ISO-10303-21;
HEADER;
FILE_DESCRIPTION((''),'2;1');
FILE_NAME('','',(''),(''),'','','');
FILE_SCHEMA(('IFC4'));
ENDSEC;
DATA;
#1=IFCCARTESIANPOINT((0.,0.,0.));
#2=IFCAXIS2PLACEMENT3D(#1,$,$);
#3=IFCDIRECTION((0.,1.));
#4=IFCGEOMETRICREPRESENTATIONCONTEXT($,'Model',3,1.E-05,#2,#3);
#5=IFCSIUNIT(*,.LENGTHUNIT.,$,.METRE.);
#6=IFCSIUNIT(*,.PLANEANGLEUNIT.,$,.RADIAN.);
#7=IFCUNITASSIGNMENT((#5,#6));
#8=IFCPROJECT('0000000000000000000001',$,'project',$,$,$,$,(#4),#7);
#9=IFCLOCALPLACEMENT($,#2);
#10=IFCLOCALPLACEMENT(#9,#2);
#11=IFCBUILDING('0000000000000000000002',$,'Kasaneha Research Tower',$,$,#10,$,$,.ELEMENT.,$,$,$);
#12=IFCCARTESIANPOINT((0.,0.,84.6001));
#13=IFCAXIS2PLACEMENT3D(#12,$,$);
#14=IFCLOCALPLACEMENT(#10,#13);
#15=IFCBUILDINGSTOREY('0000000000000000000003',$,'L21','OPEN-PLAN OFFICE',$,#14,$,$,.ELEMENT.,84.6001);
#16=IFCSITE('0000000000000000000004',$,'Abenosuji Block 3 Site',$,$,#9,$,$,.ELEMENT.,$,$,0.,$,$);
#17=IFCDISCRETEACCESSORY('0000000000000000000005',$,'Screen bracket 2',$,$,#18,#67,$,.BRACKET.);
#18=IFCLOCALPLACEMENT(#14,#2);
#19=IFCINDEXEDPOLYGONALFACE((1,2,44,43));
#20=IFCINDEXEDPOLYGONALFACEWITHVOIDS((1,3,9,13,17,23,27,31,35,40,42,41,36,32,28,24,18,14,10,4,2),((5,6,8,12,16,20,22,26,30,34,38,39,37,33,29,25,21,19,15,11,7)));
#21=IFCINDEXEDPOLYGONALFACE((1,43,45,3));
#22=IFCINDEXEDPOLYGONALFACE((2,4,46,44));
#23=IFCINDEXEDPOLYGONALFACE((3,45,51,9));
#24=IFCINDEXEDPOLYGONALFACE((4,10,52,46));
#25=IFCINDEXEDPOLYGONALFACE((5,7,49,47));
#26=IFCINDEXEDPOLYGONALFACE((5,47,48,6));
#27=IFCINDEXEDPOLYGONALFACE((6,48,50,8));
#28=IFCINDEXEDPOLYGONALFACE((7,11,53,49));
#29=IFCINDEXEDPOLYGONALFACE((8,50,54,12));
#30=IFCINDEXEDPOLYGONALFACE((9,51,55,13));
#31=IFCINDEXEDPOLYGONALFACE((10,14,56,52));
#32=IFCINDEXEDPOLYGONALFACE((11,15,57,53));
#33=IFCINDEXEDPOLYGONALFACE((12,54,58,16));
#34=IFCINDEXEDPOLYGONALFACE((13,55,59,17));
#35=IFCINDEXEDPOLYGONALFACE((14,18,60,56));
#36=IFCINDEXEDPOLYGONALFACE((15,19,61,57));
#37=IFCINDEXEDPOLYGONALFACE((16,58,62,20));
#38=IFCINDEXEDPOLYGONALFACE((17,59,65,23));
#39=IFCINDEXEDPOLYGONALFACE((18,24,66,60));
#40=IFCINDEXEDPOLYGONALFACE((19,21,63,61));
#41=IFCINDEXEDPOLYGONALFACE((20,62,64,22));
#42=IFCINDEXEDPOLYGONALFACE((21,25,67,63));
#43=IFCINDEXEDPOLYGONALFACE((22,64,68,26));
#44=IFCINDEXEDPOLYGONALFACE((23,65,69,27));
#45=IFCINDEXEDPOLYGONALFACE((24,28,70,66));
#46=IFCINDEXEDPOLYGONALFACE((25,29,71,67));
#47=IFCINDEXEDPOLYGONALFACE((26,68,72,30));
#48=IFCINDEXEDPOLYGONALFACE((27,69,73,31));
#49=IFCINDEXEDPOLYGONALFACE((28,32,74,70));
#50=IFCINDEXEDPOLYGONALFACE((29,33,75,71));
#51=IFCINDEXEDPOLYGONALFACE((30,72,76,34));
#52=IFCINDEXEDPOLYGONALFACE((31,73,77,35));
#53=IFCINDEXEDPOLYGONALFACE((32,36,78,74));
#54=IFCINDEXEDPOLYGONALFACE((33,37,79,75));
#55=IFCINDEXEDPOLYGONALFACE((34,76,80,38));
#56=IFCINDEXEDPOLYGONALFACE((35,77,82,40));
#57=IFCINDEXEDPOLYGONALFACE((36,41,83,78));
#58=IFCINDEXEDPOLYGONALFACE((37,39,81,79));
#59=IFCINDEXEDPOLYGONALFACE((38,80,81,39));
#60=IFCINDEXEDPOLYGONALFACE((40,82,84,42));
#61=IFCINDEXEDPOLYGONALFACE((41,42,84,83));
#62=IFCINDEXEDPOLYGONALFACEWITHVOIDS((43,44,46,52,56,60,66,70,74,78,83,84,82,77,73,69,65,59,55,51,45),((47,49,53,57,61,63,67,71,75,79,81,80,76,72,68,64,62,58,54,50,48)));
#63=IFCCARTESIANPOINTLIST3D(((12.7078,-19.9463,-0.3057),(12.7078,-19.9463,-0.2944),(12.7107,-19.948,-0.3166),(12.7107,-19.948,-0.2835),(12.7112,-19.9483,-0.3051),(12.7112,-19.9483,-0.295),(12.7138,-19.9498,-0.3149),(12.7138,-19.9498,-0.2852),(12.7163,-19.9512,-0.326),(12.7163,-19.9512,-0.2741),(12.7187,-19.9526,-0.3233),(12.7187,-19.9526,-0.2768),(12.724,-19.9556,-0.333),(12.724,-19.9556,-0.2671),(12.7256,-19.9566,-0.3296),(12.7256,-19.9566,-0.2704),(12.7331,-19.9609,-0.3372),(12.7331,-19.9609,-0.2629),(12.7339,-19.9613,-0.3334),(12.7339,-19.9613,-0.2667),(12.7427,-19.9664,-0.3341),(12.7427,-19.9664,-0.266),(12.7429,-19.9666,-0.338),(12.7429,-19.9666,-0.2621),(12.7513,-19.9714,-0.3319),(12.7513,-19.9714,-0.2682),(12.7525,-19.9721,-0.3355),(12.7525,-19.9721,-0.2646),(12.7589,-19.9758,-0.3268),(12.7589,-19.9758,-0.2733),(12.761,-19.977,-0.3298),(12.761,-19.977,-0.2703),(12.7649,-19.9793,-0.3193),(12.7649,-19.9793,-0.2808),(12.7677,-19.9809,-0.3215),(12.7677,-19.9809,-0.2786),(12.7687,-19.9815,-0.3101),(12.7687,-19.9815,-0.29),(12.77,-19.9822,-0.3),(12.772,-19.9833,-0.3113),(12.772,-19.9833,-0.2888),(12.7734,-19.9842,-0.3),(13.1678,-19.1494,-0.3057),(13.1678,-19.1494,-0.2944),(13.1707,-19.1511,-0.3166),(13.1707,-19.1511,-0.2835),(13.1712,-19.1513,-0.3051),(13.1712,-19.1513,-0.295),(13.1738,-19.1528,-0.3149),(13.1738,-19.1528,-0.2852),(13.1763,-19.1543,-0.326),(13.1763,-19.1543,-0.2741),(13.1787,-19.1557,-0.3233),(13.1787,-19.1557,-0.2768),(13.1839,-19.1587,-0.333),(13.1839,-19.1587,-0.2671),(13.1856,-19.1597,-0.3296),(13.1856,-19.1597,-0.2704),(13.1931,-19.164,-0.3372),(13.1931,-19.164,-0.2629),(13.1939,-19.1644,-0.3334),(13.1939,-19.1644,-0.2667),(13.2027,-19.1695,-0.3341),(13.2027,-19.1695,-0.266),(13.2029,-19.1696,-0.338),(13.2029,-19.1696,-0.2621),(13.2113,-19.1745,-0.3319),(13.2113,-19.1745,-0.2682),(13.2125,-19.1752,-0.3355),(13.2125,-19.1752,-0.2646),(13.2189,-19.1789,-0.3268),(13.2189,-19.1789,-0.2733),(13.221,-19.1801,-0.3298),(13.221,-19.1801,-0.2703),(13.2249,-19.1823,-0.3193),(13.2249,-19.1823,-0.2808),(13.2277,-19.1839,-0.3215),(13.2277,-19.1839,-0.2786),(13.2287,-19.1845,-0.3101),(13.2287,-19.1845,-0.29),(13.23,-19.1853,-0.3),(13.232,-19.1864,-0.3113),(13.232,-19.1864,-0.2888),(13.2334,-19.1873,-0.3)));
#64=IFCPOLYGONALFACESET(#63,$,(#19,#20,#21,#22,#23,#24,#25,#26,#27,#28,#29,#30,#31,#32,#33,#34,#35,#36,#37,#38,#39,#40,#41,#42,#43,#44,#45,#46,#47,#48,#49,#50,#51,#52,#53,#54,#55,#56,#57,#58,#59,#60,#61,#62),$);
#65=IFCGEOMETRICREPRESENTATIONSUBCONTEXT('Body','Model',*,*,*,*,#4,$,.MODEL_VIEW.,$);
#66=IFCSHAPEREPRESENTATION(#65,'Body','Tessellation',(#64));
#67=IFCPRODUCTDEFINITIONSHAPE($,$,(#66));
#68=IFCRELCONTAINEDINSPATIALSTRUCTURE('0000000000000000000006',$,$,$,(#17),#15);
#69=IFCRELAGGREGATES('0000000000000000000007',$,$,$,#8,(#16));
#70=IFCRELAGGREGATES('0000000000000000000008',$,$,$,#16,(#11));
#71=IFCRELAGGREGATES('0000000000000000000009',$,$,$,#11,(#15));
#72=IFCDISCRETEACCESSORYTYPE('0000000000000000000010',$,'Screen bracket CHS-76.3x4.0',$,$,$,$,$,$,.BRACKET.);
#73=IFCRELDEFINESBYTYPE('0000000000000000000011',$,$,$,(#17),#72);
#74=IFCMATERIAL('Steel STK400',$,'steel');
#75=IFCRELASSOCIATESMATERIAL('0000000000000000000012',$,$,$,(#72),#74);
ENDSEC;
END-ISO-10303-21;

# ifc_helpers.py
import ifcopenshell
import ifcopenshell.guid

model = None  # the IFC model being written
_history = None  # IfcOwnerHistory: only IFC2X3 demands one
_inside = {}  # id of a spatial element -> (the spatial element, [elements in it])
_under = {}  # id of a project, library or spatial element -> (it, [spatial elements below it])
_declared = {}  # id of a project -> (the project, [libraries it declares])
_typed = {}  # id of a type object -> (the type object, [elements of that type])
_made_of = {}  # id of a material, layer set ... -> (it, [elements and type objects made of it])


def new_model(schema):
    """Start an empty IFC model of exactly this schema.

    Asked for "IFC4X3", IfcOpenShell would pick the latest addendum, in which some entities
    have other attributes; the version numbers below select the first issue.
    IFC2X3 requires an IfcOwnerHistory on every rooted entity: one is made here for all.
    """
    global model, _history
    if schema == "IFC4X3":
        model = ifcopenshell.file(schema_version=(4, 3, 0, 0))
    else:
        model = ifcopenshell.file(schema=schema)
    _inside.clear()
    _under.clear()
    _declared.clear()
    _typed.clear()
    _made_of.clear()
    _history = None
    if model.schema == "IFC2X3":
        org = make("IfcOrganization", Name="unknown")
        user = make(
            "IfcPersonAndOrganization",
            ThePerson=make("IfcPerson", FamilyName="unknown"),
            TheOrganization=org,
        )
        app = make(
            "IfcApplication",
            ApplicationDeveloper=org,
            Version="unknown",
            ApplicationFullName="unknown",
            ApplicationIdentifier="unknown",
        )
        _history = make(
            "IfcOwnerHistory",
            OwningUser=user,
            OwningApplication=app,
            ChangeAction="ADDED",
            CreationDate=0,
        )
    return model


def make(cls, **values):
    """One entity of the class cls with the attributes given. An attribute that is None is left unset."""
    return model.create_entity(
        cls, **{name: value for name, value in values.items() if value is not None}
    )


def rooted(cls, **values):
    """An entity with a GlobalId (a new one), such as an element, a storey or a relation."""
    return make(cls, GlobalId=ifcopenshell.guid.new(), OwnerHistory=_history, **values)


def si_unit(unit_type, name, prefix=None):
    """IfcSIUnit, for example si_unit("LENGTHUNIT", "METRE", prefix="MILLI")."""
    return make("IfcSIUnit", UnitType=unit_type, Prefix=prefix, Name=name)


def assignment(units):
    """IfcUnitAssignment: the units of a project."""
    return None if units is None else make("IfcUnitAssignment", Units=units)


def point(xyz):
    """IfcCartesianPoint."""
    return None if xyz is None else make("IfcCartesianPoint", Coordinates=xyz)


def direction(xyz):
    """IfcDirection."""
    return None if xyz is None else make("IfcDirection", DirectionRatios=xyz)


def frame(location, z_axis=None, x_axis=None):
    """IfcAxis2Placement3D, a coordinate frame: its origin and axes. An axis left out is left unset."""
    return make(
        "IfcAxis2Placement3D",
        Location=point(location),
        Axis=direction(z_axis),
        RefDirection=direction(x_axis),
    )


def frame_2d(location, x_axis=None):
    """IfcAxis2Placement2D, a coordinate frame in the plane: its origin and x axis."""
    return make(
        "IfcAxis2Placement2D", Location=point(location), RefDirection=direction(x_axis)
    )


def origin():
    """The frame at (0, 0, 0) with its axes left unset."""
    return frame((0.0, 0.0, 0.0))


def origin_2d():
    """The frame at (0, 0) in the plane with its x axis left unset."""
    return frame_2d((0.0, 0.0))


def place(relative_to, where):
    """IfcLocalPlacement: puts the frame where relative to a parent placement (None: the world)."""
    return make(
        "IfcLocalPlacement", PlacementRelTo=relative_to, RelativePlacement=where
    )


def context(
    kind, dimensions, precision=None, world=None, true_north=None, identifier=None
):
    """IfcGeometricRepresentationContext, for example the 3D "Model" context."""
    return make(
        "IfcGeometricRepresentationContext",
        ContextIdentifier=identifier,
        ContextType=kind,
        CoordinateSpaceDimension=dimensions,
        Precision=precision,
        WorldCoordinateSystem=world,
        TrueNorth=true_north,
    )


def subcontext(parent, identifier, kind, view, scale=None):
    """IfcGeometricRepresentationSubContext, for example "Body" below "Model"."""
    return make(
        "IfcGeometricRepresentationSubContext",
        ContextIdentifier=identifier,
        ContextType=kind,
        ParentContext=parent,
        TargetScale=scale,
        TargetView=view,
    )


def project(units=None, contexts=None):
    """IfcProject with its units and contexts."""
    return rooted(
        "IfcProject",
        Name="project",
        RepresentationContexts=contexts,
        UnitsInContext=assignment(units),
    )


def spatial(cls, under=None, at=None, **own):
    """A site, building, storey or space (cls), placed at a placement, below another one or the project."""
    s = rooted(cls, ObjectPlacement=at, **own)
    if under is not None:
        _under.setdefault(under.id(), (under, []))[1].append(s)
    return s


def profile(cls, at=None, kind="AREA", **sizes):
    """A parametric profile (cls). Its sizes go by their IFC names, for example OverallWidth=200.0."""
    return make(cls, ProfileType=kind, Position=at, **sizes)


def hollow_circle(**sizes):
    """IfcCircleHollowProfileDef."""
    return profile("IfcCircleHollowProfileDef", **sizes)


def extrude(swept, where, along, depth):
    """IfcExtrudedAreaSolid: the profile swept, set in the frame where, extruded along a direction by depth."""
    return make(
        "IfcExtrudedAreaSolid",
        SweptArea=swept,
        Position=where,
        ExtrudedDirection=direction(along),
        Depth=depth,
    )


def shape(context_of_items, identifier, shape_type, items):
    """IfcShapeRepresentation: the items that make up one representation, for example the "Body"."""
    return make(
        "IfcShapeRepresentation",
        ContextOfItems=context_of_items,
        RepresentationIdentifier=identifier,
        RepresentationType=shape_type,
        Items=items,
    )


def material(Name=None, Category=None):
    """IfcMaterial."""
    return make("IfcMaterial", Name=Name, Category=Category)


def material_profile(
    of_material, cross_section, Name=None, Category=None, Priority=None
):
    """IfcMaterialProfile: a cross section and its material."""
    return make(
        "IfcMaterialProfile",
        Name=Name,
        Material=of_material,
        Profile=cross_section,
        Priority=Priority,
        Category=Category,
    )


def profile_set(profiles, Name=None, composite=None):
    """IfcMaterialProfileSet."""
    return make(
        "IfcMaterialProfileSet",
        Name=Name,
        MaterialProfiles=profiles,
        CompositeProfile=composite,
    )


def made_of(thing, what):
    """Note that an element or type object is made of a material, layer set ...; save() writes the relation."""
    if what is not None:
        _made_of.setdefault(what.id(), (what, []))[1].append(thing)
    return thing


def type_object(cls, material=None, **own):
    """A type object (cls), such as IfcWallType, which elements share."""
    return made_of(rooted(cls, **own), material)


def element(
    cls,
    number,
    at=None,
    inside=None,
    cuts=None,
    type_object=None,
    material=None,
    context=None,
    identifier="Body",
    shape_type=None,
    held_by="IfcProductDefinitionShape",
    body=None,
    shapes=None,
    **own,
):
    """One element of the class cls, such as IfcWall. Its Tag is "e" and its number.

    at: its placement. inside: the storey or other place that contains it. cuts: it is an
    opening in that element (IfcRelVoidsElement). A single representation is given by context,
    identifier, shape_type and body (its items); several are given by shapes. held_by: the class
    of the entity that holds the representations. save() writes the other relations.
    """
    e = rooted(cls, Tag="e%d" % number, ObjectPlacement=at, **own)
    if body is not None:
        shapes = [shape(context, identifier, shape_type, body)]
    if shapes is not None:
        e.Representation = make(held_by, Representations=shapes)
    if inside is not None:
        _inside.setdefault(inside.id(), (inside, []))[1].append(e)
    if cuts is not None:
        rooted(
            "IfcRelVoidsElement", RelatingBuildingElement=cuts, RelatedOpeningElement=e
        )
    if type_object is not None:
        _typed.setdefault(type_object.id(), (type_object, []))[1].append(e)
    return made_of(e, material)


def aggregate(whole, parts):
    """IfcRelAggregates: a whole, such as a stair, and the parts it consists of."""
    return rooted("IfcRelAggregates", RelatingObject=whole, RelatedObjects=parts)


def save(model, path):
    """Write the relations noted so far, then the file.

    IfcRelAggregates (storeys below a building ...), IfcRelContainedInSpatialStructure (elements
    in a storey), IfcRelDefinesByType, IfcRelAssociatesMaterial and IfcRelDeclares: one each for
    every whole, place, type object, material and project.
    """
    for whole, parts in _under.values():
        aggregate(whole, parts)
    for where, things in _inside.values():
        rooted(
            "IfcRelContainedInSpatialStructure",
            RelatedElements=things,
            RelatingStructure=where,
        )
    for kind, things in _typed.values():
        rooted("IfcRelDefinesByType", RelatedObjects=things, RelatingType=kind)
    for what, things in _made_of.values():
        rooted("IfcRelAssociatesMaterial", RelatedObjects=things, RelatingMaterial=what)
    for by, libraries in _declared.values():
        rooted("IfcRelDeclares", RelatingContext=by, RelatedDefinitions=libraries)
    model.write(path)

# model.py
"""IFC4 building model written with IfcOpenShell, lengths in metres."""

from ifc_helpers import new_model, si_unit, direction, frame, origin, origin_2d, place, context, subcontext, project, spatial, hollow_circle, extrude, material, material_profile, profile_set, type_object, element, save


model = new_model("IFC4")

# Units and contexts
model_context = context("Model", 3, precision=1e-05, world=origin(), true_north=direction((0.0, 1.0)))
body_context = subcontext(model_context, "Body", "Model", "MODEL_VIEW")
ifc_project = project(units=[si_unit("LENGTHUNIT", "METRE"), si_unit("PLANEANGLEUNIT", "RADIAN")], contexts=[model_context])

# Site, building, storey
site_placement = place(None, origin())
site = spatial("IfcSite", under=ifc_project, at=site_placement, Name="Abenosuji Block 3 Site", CompositionType="ELEMENT", RefElevation=0.0)
building_placement = place(site_placement, origin())
building = spatial("IfcBuilding", under=site, at=building_placement, Name="Kasaneha Research Tower", CompositionType="ELEMENT")
storey_placement = place(building_placement, frame((0.0, 0.0, 84.6001)))
storey = spatial("IfcBuildingStorey", under=building, at=storey_placement, Name="L21", Description="OPEN-PLAN OFFICE", CompositionType="ELEMENT", Elevation=84.6001)

# Discrete accessory
ifc_material_1 = material(Name="Steel STK400", Category="steel")
ifc_material_profile_1 = material_profile(ifc_material_1, hollow_circle(Radius=0.0381, WallThickness=0.0039, at=origin_2d()), Name="CHS-76.3x4.0")
ifc_profile_set_1 = profile_set([ifc_material_profile_1], Name="Steel STK400")
discrete_accessory_type = type_object("IfcDiscreteAccessoryType", Name="Screen bracket CHS-76.3x4.0", PredefinedType="BRACKET", material=ifc_profile_set_1)
discrete_accessory_1_placement = place(storey_placement, frame((13.2004, -19.1682, -0.3), z_axis=(-0.499906, -0.86608, 0.0), x_axis=(0.86608, -0.499906, 0.0)))
element("IfcDiscreteAccessory", 1, at=discrete_accessory_1_placement, inside=storey, type_object=discrete_accessory_type, Name="Screen bracket 2", PredefinedType="BRACKET", context=body_context, shape_type="SweptSolid", body=[
    extrude(hollow_circle(Radius=0.0381, WallThickness=0.0039, at=origin_2d()), origin(), (0.0, 0.0, 1.0), 0.9202),
])

save(model, "model.ifc")
